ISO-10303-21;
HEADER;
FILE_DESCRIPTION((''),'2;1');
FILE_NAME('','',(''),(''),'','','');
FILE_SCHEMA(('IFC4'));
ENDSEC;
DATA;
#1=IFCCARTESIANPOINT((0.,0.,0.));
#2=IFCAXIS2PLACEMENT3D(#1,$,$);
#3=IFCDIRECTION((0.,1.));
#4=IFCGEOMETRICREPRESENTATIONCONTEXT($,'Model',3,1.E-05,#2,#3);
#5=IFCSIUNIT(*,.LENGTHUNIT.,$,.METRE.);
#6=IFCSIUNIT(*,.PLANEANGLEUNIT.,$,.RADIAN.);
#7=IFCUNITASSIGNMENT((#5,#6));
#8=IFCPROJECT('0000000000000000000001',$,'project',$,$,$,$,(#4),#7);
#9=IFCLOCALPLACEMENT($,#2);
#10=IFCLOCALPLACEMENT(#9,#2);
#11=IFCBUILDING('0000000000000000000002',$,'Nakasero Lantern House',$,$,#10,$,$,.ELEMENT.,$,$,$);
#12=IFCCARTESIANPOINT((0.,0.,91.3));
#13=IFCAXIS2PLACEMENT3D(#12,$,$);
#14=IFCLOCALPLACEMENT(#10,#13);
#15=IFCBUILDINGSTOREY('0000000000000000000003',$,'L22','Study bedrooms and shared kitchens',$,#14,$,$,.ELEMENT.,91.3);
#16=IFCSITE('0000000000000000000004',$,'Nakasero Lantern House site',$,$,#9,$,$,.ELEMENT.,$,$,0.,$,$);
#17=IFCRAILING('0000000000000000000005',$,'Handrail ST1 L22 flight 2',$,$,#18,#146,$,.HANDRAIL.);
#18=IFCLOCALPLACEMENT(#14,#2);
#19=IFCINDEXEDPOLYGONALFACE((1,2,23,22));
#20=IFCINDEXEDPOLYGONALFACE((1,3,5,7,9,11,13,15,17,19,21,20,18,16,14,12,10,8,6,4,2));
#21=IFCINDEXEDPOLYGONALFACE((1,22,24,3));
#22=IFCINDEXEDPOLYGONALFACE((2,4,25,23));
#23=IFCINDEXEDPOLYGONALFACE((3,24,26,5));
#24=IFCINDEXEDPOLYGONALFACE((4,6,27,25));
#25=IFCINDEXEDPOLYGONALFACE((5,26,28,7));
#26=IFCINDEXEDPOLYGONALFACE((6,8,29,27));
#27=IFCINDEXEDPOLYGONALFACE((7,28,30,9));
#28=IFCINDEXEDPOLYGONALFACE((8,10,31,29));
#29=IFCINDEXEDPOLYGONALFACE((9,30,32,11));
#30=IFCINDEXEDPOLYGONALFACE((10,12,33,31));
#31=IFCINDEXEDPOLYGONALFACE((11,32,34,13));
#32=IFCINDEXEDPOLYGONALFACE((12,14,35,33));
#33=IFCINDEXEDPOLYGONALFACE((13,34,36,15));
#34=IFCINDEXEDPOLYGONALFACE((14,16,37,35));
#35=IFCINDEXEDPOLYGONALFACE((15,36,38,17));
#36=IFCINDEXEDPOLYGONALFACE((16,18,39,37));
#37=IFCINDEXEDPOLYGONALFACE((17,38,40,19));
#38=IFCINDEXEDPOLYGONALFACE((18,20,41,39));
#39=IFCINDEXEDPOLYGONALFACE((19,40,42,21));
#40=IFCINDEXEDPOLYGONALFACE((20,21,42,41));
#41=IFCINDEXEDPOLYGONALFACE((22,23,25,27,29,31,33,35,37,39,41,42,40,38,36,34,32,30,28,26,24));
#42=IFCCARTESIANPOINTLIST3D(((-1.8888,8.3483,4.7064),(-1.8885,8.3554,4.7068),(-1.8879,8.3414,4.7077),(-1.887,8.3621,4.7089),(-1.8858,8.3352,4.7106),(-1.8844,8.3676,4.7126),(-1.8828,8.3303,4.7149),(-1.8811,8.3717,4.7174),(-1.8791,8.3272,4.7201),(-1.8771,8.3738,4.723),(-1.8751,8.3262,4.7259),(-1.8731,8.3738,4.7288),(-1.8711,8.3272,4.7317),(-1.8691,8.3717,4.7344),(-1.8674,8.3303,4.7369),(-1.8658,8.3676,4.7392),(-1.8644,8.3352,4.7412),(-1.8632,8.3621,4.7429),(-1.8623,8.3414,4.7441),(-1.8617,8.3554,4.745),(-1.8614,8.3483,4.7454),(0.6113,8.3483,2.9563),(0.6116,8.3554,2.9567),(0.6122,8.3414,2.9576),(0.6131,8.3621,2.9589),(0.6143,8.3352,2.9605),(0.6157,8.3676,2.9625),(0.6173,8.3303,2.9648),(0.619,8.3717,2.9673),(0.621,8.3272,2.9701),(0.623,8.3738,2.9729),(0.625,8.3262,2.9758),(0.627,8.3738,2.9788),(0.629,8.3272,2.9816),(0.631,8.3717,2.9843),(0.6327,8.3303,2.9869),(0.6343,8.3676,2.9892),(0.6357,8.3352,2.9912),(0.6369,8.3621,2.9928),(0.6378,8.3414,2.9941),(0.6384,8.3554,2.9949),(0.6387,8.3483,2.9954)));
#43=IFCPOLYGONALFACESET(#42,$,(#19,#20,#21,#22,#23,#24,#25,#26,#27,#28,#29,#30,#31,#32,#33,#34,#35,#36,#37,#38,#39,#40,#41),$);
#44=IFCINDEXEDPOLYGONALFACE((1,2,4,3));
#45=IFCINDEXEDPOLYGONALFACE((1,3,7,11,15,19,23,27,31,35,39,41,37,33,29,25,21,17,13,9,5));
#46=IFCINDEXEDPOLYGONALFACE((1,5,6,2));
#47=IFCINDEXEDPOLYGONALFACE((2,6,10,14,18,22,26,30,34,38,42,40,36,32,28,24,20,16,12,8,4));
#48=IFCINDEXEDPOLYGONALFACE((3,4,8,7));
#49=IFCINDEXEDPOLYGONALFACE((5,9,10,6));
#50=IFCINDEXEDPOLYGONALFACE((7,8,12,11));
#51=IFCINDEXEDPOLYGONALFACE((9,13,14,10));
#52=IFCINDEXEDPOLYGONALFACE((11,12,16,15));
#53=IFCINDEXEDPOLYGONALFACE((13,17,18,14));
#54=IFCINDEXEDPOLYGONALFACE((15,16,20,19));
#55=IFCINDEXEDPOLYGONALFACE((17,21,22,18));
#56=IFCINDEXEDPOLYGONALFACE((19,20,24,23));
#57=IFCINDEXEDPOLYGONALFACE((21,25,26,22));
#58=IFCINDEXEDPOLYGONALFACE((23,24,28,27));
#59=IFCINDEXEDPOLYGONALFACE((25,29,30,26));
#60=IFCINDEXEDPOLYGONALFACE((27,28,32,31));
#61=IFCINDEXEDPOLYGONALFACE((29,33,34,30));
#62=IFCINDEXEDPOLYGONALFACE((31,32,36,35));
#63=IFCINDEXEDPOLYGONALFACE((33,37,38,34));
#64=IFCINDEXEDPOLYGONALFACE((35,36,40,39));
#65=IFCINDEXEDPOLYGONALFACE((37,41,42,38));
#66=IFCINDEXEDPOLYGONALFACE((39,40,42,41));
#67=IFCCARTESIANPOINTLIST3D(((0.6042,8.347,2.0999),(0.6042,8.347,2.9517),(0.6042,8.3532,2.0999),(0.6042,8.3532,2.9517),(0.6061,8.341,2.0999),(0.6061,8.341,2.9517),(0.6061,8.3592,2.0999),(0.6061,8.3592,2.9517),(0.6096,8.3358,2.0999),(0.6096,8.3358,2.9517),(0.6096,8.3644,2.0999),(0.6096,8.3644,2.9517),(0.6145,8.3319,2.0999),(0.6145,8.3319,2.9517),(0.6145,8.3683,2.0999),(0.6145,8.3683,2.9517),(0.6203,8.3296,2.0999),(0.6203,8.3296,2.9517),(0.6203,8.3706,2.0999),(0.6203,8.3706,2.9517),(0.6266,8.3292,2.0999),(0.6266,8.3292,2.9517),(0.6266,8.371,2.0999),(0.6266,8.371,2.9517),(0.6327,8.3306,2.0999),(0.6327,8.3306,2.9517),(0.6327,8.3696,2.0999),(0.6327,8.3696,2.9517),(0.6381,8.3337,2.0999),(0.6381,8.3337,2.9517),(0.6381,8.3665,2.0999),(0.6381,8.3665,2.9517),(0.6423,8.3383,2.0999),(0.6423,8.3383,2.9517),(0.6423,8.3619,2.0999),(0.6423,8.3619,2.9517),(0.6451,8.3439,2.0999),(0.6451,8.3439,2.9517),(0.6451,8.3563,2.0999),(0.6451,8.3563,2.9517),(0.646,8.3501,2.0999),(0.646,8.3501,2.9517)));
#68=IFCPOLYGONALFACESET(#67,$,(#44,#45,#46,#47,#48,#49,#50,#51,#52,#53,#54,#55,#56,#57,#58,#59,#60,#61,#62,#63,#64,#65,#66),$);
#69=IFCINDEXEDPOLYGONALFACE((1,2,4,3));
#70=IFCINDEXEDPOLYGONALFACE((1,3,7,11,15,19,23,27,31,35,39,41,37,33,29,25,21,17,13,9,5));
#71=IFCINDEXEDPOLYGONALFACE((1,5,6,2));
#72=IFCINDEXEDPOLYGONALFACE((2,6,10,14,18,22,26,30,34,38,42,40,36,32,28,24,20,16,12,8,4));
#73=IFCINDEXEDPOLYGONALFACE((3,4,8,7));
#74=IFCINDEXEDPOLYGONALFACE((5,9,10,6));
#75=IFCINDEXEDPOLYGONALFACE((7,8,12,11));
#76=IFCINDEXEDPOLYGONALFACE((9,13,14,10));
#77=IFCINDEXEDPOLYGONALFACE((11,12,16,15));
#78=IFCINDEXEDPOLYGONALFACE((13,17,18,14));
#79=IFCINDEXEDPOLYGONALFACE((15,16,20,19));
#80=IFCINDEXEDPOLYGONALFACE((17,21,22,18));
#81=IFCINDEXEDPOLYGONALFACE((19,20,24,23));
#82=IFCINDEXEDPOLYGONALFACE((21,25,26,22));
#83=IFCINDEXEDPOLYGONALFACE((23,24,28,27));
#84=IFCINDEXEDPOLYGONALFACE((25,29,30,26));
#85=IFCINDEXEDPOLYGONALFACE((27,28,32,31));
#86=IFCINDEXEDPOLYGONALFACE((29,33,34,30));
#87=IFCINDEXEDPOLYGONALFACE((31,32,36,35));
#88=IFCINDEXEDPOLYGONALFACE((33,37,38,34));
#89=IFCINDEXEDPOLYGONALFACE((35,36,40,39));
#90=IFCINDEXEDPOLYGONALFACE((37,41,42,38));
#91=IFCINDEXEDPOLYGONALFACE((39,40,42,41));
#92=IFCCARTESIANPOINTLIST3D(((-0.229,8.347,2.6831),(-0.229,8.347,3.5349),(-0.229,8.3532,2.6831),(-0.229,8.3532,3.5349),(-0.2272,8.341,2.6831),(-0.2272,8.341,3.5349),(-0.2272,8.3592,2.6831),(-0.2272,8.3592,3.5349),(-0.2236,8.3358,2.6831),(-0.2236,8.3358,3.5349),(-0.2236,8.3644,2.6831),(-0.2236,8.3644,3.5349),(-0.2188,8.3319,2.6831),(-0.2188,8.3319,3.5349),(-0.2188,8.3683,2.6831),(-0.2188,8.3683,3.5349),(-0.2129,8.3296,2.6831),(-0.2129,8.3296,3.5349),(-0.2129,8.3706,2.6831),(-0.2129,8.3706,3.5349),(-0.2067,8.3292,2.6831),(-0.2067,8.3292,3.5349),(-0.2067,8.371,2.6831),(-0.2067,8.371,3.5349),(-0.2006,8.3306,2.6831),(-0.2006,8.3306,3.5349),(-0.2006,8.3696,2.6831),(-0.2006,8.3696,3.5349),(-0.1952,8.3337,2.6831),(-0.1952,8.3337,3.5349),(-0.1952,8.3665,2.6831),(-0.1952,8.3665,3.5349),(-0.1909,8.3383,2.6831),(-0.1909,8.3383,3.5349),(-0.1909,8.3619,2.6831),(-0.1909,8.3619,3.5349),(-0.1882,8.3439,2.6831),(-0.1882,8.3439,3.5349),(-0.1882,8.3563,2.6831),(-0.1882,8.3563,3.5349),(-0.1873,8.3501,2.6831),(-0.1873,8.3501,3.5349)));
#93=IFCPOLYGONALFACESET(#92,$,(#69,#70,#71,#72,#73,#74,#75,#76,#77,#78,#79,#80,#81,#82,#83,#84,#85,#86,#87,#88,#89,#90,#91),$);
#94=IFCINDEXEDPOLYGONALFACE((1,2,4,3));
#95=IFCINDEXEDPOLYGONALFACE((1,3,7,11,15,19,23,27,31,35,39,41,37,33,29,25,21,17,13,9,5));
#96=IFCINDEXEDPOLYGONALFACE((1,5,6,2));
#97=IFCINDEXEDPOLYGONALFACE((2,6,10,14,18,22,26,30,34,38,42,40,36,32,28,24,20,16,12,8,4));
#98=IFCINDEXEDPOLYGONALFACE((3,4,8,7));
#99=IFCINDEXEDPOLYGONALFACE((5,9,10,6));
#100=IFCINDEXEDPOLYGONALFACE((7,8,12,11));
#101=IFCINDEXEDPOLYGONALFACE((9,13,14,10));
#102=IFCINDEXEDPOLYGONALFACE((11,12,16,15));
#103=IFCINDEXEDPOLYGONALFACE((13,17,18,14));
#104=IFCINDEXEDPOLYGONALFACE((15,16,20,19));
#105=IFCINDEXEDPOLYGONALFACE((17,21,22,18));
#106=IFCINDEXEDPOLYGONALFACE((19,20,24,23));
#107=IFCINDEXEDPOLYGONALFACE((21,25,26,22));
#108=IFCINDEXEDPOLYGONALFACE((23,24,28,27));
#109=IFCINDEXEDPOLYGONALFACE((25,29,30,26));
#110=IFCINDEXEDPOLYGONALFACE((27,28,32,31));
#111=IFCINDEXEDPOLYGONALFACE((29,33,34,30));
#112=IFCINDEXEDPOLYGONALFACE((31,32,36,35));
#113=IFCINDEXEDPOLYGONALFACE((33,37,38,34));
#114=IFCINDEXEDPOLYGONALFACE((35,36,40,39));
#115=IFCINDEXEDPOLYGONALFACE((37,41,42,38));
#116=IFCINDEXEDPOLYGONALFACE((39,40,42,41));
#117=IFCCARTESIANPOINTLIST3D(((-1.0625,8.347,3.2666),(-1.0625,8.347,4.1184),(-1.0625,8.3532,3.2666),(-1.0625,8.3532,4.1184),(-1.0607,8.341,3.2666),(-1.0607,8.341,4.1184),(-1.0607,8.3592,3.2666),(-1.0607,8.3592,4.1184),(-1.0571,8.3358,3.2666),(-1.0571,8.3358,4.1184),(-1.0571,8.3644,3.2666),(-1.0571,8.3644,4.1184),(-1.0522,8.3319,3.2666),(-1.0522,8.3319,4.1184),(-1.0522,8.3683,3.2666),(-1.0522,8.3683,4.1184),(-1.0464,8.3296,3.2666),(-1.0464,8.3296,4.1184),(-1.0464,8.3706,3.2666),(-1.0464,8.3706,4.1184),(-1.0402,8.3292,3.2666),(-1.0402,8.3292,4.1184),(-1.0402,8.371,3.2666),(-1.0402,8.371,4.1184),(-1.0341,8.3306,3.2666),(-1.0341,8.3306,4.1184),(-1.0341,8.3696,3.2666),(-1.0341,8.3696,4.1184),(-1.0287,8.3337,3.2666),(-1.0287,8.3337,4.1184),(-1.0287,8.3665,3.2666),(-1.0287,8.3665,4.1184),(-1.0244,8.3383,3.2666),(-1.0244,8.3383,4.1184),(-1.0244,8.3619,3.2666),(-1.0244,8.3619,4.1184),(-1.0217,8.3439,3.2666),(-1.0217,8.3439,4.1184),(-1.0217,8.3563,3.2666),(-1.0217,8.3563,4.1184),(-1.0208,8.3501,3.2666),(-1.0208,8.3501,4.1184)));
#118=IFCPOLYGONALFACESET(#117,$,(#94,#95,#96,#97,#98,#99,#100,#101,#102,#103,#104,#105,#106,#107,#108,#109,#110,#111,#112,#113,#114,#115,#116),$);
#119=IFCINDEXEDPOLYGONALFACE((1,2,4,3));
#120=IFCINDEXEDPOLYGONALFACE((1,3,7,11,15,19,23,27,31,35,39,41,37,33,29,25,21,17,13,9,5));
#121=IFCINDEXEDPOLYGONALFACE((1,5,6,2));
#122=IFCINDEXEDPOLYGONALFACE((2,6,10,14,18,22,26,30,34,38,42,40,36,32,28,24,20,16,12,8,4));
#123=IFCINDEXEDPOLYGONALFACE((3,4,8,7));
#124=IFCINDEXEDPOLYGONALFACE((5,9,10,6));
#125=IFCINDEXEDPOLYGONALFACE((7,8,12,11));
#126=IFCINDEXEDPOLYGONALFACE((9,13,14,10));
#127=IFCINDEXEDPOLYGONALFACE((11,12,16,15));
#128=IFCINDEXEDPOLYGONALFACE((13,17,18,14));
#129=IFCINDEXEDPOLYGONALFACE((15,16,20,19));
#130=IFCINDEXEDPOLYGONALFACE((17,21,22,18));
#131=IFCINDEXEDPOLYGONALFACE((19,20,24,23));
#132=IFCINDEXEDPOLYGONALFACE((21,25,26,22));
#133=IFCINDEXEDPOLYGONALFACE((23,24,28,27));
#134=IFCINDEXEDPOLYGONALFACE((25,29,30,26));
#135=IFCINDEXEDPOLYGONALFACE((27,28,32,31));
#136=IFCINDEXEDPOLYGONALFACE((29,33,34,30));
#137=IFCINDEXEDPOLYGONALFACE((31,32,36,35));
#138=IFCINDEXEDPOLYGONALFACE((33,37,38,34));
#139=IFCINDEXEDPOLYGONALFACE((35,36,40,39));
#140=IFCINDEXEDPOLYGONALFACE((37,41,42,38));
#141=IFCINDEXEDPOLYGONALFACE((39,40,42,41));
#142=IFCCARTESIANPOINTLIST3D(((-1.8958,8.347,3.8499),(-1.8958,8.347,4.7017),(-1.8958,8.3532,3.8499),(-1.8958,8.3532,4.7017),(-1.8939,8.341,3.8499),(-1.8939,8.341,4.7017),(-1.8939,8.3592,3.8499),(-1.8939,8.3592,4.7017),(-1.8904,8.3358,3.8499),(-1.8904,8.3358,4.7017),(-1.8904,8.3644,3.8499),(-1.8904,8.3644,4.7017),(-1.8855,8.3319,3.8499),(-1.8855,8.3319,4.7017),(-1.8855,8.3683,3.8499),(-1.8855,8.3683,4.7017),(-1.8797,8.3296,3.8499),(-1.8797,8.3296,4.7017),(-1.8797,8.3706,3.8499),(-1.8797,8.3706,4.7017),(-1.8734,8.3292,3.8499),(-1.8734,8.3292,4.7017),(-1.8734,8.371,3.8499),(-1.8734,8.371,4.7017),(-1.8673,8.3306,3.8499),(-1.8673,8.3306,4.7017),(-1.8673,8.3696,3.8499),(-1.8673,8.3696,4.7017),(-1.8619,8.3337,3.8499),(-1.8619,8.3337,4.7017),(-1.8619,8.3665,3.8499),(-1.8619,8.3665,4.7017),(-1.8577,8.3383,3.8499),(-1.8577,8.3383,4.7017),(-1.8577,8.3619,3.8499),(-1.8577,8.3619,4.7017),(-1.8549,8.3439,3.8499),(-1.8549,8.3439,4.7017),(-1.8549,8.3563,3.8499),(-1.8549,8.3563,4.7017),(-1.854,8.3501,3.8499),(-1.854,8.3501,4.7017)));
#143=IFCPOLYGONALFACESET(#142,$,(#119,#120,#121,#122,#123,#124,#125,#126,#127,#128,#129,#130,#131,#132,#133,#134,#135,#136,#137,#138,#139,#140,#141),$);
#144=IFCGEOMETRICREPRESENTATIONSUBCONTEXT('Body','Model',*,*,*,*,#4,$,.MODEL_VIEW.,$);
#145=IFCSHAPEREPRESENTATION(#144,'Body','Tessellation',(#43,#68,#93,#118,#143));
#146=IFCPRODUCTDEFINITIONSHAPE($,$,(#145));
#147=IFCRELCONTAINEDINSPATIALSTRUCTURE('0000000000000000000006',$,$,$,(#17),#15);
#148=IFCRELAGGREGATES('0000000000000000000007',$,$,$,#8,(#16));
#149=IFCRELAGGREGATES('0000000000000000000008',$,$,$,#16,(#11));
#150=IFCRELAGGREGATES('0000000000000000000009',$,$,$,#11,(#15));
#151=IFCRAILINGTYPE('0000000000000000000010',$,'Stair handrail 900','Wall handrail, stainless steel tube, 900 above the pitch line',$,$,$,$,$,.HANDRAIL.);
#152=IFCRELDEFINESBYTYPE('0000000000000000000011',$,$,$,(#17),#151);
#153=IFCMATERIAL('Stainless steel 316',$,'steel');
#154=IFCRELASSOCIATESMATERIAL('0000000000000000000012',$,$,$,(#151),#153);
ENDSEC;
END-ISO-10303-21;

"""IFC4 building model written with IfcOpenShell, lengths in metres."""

from ifc_helpers import new_model, si_unit, direction, frame, origin, origin_2d, place, context, subcontext, project, spatial, circle, extrude, material, type_object, element, save


model = new_model("IFC4")

# Units and contexts
model_context = context("Model", 3, precision=1e-05, world=origin(), true_north=direction((0.0, 1.0)))
body_context = subcontext(model_context, "Body", "Model", "MODEL_VIEW")
ifc_project = project(units=[si_unit("LENGTHUNIT", "METRE"), si_unit("PLANEANGLEUNIT", "RADIAN")], contexts=[model_context])

# Site, building, storey
site_placement = place(None, origin())
site = spatial("IfcSite", under=ifc_project, at=site_placement, Name="Nakasero Lantern House site", CompositionType="ELEMENT", RefElevation=0.0)
building_placement = place(site_placement, origin())
building = spatial("IfcBuilding", under=site, at=building_placement, Name="Nakasero Lantern House", CompositionType="ELEMENT")
storey_placement = place(building_placement, frame((0.0, 0.0, 91.3)))
storey = spatial("IfcBuildingStorey", under=building, at=storey_placement, Name="L22", Description="Study bedrooms and shared kitchens", CompositionType="ELEMENT", Elevation=91.3)

# Railing
ifc_material_1 = material(Name="Stainless steel 316", Category="steel")
railing_type = type_object("IfcRailingType", Name="Stair handrail 900", Description="Wall handrail, stainless steel tube, 900 above the pitch line", PredefinedType="HANDRAIL", material=ifc_material_1)
railing_placement = place(storey_placement, frame((0.625, 8.3501, 2.0999)))
element("IfcRailing", 1, at=railing_placement, inside=storey, type_object=railing_type, Name="Handrail ST1 L22 flight 2", PredefinedType="HANDRAIL", context=body_context, shape_type="SweptSolid", body=[
    extrude(circle(Radius=0.0239, at=origin_2d()), frame((0.0, 0.0, 0.876), z_axis=(-0.819232, 0.0, 0.573462), x_axis=(0.0, -1.0, 0.0)), (0.0, 0.0, 1.0), 3.0518),
    extrude(circle(Radius=0.021, at=origin_2d()), origin(), (0.0, 0.0, 1.0), 0.8518),
    extrude(circle(Radius=0.021, at=origin_2d()), frame((-0.8333, 0.0, 0.5833)), (0.0, 0.0, 1.0), 0.8518),
    extrude(circle(Radius=0.021, at=origin_2d()), frame((-1.6667, 0.0, 1.1667)), (0.0, 0.0, 1.0), 0.8518),
    extrude(circle(Radius=0.021, at=origin_2d()), frame((-2.5, 0.0, 1.75)), (0.0, 0.0, 1.0), 0.8518),
])

save(model, "model.ifc")
